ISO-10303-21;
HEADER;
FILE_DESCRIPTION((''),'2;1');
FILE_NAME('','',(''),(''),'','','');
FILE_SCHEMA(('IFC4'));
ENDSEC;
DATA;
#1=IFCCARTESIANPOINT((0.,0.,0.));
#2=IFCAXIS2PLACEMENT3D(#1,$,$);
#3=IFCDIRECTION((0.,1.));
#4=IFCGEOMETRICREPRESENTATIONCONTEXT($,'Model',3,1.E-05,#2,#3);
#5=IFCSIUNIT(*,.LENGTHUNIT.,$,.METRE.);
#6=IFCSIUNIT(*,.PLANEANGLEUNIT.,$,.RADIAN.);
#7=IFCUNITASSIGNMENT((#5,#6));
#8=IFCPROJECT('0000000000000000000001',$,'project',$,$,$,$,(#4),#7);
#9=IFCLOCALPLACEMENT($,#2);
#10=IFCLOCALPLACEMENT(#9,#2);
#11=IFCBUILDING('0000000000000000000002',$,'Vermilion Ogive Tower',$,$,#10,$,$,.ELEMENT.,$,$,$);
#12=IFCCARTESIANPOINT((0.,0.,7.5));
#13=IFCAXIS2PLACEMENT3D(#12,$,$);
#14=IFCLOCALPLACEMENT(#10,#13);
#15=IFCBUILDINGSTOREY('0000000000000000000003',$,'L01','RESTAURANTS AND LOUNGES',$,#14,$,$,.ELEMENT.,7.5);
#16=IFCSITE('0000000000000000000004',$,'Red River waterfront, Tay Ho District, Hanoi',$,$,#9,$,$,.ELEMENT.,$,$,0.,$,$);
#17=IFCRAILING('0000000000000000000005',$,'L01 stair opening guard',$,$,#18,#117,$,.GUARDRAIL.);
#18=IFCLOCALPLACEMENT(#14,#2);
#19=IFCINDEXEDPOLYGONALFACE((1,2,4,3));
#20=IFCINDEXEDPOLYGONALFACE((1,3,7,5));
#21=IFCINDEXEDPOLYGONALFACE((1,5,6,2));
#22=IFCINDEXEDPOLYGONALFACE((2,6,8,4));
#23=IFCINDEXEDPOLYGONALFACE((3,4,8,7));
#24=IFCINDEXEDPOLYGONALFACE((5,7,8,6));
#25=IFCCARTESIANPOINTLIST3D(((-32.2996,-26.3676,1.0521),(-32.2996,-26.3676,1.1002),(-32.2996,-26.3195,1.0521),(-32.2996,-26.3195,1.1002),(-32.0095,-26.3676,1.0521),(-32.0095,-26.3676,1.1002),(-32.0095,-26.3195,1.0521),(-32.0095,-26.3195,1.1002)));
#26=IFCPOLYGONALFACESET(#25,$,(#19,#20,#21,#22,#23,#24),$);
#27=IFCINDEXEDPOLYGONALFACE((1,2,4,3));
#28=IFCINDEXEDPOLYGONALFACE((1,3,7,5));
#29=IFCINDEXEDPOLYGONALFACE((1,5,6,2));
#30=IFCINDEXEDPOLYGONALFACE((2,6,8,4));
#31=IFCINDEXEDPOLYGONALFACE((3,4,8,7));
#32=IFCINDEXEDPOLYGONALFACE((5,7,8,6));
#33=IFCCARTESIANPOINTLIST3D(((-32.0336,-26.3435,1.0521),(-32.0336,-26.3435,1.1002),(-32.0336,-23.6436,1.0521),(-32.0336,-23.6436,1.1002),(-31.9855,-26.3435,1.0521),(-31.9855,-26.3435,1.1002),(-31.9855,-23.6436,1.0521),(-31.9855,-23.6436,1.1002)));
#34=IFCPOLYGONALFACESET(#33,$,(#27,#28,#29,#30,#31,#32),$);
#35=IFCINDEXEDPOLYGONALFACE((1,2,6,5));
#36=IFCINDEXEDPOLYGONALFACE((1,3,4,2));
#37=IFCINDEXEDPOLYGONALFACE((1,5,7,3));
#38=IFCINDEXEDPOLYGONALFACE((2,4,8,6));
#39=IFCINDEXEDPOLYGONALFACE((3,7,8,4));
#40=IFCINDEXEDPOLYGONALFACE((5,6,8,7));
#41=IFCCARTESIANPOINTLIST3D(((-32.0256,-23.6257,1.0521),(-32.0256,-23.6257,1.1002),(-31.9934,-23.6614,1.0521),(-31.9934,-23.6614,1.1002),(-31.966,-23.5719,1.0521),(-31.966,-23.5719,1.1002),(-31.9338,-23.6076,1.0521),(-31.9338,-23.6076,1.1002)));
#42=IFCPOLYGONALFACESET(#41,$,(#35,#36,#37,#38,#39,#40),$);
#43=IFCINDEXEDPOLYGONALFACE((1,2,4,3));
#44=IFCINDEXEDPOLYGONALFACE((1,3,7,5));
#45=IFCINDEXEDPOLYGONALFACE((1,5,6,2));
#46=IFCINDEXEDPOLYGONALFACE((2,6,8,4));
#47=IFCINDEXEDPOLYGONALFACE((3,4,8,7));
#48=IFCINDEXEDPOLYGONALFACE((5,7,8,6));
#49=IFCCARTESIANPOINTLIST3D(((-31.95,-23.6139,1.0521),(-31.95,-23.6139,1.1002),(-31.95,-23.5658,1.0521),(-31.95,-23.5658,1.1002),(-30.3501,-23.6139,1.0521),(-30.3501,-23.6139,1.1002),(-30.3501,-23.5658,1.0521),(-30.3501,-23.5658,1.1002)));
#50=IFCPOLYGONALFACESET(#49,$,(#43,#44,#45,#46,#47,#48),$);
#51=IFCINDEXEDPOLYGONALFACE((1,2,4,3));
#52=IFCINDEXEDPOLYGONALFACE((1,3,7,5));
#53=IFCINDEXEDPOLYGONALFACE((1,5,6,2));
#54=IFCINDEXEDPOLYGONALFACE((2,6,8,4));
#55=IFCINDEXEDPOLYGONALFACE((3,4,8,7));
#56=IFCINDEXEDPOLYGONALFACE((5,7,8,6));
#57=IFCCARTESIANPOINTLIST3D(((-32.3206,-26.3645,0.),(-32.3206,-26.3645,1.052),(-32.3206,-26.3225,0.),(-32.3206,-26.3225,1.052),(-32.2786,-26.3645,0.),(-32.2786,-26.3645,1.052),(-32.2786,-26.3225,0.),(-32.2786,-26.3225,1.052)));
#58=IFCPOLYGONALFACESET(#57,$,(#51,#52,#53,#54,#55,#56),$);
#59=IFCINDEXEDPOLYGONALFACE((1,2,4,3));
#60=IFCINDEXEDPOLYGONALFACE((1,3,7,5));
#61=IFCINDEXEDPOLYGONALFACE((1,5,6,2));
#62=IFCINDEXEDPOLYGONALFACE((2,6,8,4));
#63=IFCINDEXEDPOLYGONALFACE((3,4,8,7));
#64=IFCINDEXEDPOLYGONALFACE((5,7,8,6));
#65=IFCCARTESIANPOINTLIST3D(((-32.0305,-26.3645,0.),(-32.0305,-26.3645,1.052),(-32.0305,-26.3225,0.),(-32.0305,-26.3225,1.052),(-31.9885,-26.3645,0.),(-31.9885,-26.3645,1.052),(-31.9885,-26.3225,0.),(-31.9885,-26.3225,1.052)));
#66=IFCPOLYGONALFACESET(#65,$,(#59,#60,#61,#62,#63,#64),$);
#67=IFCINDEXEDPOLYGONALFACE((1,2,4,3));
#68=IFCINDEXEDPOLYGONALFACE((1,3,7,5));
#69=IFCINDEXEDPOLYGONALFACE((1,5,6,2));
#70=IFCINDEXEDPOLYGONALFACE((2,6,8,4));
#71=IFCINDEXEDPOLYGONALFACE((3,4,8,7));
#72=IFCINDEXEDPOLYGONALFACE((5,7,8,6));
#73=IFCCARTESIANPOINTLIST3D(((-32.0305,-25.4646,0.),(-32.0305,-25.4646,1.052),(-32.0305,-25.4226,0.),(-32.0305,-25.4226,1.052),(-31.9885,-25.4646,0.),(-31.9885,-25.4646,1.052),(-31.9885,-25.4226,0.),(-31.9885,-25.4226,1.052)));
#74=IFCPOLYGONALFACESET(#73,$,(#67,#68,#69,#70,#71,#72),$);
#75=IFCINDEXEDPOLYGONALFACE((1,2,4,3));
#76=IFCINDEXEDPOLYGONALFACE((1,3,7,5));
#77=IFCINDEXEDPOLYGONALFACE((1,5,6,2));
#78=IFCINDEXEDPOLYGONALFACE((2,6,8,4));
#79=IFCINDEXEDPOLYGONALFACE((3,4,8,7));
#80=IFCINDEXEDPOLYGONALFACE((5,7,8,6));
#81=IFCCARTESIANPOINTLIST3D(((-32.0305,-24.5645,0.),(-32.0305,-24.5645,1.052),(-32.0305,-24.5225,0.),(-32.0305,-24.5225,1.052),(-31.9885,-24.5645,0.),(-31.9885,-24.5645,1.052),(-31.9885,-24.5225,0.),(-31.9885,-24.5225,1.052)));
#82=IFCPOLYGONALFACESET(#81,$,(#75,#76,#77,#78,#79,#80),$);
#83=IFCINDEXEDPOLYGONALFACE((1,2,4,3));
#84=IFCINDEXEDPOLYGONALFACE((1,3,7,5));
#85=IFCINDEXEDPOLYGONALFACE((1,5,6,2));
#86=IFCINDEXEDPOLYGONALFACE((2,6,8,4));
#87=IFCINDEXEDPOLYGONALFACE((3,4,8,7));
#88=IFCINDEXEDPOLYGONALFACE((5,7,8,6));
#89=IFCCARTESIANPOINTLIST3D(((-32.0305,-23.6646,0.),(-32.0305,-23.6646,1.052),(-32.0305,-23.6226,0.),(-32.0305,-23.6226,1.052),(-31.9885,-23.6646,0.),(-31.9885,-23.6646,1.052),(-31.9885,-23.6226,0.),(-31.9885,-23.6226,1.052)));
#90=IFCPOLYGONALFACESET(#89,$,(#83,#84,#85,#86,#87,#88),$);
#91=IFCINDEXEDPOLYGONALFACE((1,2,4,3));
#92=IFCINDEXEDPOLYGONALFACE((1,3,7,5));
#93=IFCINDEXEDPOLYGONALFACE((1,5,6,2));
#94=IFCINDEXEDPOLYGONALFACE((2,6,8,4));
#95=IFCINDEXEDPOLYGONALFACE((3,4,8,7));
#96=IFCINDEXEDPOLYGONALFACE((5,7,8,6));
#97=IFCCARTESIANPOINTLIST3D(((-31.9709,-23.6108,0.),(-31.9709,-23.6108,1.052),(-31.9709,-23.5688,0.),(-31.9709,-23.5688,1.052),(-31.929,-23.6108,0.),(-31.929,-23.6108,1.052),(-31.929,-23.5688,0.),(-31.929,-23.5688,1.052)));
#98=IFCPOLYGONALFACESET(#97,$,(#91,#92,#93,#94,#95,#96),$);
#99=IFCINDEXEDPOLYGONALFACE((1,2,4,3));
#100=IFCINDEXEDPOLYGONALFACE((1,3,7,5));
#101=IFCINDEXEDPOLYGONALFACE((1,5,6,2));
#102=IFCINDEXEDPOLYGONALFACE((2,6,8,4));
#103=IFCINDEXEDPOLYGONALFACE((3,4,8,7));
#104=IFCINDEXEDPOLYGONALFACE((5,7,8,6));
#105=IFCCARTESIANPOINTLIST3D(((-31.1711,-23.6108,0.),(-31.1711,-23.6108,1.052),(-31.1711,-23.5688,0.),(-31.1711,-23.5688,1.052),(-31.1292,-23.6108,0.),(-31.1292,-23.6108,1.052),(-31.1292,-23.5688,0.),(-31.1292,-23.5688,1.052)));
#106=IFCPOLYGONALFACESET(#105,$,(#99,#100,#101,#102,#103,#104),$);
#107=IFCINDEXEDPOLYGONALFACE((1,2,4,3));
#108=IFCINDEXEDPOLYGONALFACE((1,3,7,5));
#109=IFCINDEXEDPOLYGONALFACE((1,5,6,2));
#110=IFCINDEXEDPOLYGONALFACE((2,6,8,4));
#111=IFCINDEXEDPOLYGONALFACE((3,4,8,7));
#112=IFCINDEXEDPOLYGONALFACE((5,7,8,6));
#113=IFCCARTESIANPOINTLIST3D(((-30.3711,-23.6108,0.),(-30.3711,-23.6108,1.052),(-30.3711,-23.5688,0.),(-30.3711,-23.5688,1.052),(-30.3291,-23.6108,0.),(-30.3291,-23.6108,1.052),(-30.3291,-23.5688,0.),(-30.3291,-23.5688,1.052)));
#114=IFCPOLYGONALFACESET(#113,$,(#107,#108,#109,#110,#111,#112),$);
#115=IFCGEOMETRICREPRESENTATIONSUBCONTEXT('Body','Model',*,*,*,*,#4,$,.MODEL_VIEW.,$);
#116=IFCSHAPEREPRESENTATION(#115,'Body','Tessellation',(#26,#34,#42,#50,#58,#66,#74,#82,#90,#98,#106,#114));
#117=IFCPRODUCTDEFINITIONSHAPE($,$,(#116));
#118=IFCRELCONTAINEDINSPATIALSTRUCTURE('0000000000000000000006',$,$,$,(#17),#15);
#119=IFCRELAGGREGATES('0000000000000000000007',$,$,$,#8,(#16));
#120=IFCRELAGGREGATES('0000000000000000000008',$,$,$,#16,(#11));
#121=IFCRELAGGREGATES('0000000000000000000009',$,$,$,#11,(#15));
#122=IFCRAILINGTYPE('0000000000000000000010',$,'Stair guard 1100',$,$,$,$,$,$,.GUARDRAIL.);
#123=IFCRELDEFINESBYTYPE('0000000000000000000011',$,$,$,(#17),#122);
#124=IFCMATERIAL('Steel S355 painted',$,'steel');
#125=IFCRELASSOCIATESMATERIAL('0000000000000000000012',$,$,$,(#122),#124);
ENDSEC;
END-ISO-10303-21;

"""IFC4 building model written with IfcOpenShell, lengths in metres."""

from ifc_helpers import new_model, si_unit, direction, frame, origin, origin_2d, place, context, subcontext, project, spatial, rectangle, extrude, material, type_object, element, save


model = new_model("IFC4")

# Units and contexts
model_context = context("Model", 3, precision=1e-05, world=origin(), true_north=direction((0.0, 1.0)))
body_context = subcontext(model_context, "Body", "Model", "MODEL_VIEW")
ifc_project = project(units=[si_unit("LENGTHUNIT", "METRE"), si_unit("PLANEANGLEUNIT", "RADIAN")], contexts=[model_context])

# Site, building, storey
site_placement = place(None, origin())
site = spatial("IfcSite", under=ifc_project, at=site_placement, Name="Red River waterfront, Tay Ho District, Hanoi", CompositionType="ELEMENT", RefElevation=0.0)
building_placement = place(site_placement, origin())
building = spatial("IfcBuilding", under=site, at=building_placement, Name="Vermilion Ogive Tower", CompositionType="ELEMENT")
storey_placement = place(building_placement, frame((0.0, 0.0, 7.5)))
storey = spatial("IfcBuildingStorey", under=building, at=storey_placement, Name="L01", Description="RESTAURANTS AND LOUNGES", CompositionType="ELEMENT", Elevation=7.5)

# Railing
ifc_material_1 = material(Name="Steel S355 painted", Category="steel")
railing_type = type_object("IfcRailingType", Name="Stair guard 1100", PredefinedType="GUARDRAIL", material=ifc_material_1)
railing_1_placement = place(storey_placement, frame((-32.2996, -26.3435, 0.0)))
element("IfcRailing", 1, at=railing_1_placement, inside=storey, type_object=railing_type, Name="L01 stair opening guard", PredefinedType="GUARDRAIL", context=body_context, shape_type="SweptSolid", body=[
    extrude(rectangle(XDim=0.0481, YDim=0.0481, at=origin_2d()), frame((0.0, 0.0, 1.0762), z_axis=(1.0, 0.0, 0.0), x_axis=(0.0, 1.0, 0.0)), (0.0, 0.0, 1.0), 0.29),
    extrude(rectangle(XDim=0.0481, YDim=0.0481, at=origin_2d()), frame((0.29, 0.0, 1.0762), z_axis=(0.0, 1.0, 0.0), x_axis=(-1.0, 0.0, 0.0)), (0.0, 0.0, 1.0), 2.7),
    extrude(rectangle(XDim=0.0481, YDim=0.0481, at=origin_2d()), frame((0.29, 2.7, 1.0762), z_axis=(0.742688, 0.669637, 0.0), x_axis=(-0.669637, 0.742688, 0.0)), (0.0, 0.0, 1.0), 0.0803),
    extrude(rectangle(XDim=0.0481, YDim=0.0481, at=origin_2d()), frame((0.3496, 2.7537, 1.0762), z_axis=(1.0, 0.0, 0.0), x_axis=(0.0, 1.0, 0.0)), (0.0, 0.0, 1.0), 1.5999),
    extrude(rectangle(XDim=0.042, YDim=0.042, at=origin_2d()), origin(), (0.0, 0.0, 1.0), 1.052),
    extrude(rectangle(XDim=0.042, YDim=0.042, at=origin_2d()), frame((0.29, 0.0, 0.0)), (0.0, 0.0, 1.0), 1.052),
    extrude(rectangle(XDim=0.042, YDim=0.042, at=origin_2d()), frame((0.29, 0.8999, 0.0)), (0.0, 0.0, 1.0), 1.052),
    extrude(rectangle(XDim=0.042, YDim=0.042, at=origin_2d()), frame((0.29, 1.8, 0.0)), (0.0, 0.0, 1.0), 1.052),
    extrude(rectangle(XDim=0.042, YDim=0.042, at=origin_2d()), frame((0.29, 2.7, 0.0)), (0.0, 0.0, 1.0), 1.052),
    extrude(rectangle(XDim=0.042, YDim=0.042, at=origin_2d()), frame((0.3496, 2.7537, 0.0)), (0.0, 0.0, 1.0), 1.052),
    extrude(rectangle(XDim=0.042, YDim=0.042, at=origin_2d()), frame((1.1494, 2.7537, 0.0)), (0.0, 0.0, 1.0), 1.052),
    extrude(rectangle(XDim=0.042, YDim=0.042, at=origin_2d()), frame((1.9495, 2.7537, 0.0)), (0.0, 0.0, 1.0), 1.052),
])

save(model, "model.ifc")
